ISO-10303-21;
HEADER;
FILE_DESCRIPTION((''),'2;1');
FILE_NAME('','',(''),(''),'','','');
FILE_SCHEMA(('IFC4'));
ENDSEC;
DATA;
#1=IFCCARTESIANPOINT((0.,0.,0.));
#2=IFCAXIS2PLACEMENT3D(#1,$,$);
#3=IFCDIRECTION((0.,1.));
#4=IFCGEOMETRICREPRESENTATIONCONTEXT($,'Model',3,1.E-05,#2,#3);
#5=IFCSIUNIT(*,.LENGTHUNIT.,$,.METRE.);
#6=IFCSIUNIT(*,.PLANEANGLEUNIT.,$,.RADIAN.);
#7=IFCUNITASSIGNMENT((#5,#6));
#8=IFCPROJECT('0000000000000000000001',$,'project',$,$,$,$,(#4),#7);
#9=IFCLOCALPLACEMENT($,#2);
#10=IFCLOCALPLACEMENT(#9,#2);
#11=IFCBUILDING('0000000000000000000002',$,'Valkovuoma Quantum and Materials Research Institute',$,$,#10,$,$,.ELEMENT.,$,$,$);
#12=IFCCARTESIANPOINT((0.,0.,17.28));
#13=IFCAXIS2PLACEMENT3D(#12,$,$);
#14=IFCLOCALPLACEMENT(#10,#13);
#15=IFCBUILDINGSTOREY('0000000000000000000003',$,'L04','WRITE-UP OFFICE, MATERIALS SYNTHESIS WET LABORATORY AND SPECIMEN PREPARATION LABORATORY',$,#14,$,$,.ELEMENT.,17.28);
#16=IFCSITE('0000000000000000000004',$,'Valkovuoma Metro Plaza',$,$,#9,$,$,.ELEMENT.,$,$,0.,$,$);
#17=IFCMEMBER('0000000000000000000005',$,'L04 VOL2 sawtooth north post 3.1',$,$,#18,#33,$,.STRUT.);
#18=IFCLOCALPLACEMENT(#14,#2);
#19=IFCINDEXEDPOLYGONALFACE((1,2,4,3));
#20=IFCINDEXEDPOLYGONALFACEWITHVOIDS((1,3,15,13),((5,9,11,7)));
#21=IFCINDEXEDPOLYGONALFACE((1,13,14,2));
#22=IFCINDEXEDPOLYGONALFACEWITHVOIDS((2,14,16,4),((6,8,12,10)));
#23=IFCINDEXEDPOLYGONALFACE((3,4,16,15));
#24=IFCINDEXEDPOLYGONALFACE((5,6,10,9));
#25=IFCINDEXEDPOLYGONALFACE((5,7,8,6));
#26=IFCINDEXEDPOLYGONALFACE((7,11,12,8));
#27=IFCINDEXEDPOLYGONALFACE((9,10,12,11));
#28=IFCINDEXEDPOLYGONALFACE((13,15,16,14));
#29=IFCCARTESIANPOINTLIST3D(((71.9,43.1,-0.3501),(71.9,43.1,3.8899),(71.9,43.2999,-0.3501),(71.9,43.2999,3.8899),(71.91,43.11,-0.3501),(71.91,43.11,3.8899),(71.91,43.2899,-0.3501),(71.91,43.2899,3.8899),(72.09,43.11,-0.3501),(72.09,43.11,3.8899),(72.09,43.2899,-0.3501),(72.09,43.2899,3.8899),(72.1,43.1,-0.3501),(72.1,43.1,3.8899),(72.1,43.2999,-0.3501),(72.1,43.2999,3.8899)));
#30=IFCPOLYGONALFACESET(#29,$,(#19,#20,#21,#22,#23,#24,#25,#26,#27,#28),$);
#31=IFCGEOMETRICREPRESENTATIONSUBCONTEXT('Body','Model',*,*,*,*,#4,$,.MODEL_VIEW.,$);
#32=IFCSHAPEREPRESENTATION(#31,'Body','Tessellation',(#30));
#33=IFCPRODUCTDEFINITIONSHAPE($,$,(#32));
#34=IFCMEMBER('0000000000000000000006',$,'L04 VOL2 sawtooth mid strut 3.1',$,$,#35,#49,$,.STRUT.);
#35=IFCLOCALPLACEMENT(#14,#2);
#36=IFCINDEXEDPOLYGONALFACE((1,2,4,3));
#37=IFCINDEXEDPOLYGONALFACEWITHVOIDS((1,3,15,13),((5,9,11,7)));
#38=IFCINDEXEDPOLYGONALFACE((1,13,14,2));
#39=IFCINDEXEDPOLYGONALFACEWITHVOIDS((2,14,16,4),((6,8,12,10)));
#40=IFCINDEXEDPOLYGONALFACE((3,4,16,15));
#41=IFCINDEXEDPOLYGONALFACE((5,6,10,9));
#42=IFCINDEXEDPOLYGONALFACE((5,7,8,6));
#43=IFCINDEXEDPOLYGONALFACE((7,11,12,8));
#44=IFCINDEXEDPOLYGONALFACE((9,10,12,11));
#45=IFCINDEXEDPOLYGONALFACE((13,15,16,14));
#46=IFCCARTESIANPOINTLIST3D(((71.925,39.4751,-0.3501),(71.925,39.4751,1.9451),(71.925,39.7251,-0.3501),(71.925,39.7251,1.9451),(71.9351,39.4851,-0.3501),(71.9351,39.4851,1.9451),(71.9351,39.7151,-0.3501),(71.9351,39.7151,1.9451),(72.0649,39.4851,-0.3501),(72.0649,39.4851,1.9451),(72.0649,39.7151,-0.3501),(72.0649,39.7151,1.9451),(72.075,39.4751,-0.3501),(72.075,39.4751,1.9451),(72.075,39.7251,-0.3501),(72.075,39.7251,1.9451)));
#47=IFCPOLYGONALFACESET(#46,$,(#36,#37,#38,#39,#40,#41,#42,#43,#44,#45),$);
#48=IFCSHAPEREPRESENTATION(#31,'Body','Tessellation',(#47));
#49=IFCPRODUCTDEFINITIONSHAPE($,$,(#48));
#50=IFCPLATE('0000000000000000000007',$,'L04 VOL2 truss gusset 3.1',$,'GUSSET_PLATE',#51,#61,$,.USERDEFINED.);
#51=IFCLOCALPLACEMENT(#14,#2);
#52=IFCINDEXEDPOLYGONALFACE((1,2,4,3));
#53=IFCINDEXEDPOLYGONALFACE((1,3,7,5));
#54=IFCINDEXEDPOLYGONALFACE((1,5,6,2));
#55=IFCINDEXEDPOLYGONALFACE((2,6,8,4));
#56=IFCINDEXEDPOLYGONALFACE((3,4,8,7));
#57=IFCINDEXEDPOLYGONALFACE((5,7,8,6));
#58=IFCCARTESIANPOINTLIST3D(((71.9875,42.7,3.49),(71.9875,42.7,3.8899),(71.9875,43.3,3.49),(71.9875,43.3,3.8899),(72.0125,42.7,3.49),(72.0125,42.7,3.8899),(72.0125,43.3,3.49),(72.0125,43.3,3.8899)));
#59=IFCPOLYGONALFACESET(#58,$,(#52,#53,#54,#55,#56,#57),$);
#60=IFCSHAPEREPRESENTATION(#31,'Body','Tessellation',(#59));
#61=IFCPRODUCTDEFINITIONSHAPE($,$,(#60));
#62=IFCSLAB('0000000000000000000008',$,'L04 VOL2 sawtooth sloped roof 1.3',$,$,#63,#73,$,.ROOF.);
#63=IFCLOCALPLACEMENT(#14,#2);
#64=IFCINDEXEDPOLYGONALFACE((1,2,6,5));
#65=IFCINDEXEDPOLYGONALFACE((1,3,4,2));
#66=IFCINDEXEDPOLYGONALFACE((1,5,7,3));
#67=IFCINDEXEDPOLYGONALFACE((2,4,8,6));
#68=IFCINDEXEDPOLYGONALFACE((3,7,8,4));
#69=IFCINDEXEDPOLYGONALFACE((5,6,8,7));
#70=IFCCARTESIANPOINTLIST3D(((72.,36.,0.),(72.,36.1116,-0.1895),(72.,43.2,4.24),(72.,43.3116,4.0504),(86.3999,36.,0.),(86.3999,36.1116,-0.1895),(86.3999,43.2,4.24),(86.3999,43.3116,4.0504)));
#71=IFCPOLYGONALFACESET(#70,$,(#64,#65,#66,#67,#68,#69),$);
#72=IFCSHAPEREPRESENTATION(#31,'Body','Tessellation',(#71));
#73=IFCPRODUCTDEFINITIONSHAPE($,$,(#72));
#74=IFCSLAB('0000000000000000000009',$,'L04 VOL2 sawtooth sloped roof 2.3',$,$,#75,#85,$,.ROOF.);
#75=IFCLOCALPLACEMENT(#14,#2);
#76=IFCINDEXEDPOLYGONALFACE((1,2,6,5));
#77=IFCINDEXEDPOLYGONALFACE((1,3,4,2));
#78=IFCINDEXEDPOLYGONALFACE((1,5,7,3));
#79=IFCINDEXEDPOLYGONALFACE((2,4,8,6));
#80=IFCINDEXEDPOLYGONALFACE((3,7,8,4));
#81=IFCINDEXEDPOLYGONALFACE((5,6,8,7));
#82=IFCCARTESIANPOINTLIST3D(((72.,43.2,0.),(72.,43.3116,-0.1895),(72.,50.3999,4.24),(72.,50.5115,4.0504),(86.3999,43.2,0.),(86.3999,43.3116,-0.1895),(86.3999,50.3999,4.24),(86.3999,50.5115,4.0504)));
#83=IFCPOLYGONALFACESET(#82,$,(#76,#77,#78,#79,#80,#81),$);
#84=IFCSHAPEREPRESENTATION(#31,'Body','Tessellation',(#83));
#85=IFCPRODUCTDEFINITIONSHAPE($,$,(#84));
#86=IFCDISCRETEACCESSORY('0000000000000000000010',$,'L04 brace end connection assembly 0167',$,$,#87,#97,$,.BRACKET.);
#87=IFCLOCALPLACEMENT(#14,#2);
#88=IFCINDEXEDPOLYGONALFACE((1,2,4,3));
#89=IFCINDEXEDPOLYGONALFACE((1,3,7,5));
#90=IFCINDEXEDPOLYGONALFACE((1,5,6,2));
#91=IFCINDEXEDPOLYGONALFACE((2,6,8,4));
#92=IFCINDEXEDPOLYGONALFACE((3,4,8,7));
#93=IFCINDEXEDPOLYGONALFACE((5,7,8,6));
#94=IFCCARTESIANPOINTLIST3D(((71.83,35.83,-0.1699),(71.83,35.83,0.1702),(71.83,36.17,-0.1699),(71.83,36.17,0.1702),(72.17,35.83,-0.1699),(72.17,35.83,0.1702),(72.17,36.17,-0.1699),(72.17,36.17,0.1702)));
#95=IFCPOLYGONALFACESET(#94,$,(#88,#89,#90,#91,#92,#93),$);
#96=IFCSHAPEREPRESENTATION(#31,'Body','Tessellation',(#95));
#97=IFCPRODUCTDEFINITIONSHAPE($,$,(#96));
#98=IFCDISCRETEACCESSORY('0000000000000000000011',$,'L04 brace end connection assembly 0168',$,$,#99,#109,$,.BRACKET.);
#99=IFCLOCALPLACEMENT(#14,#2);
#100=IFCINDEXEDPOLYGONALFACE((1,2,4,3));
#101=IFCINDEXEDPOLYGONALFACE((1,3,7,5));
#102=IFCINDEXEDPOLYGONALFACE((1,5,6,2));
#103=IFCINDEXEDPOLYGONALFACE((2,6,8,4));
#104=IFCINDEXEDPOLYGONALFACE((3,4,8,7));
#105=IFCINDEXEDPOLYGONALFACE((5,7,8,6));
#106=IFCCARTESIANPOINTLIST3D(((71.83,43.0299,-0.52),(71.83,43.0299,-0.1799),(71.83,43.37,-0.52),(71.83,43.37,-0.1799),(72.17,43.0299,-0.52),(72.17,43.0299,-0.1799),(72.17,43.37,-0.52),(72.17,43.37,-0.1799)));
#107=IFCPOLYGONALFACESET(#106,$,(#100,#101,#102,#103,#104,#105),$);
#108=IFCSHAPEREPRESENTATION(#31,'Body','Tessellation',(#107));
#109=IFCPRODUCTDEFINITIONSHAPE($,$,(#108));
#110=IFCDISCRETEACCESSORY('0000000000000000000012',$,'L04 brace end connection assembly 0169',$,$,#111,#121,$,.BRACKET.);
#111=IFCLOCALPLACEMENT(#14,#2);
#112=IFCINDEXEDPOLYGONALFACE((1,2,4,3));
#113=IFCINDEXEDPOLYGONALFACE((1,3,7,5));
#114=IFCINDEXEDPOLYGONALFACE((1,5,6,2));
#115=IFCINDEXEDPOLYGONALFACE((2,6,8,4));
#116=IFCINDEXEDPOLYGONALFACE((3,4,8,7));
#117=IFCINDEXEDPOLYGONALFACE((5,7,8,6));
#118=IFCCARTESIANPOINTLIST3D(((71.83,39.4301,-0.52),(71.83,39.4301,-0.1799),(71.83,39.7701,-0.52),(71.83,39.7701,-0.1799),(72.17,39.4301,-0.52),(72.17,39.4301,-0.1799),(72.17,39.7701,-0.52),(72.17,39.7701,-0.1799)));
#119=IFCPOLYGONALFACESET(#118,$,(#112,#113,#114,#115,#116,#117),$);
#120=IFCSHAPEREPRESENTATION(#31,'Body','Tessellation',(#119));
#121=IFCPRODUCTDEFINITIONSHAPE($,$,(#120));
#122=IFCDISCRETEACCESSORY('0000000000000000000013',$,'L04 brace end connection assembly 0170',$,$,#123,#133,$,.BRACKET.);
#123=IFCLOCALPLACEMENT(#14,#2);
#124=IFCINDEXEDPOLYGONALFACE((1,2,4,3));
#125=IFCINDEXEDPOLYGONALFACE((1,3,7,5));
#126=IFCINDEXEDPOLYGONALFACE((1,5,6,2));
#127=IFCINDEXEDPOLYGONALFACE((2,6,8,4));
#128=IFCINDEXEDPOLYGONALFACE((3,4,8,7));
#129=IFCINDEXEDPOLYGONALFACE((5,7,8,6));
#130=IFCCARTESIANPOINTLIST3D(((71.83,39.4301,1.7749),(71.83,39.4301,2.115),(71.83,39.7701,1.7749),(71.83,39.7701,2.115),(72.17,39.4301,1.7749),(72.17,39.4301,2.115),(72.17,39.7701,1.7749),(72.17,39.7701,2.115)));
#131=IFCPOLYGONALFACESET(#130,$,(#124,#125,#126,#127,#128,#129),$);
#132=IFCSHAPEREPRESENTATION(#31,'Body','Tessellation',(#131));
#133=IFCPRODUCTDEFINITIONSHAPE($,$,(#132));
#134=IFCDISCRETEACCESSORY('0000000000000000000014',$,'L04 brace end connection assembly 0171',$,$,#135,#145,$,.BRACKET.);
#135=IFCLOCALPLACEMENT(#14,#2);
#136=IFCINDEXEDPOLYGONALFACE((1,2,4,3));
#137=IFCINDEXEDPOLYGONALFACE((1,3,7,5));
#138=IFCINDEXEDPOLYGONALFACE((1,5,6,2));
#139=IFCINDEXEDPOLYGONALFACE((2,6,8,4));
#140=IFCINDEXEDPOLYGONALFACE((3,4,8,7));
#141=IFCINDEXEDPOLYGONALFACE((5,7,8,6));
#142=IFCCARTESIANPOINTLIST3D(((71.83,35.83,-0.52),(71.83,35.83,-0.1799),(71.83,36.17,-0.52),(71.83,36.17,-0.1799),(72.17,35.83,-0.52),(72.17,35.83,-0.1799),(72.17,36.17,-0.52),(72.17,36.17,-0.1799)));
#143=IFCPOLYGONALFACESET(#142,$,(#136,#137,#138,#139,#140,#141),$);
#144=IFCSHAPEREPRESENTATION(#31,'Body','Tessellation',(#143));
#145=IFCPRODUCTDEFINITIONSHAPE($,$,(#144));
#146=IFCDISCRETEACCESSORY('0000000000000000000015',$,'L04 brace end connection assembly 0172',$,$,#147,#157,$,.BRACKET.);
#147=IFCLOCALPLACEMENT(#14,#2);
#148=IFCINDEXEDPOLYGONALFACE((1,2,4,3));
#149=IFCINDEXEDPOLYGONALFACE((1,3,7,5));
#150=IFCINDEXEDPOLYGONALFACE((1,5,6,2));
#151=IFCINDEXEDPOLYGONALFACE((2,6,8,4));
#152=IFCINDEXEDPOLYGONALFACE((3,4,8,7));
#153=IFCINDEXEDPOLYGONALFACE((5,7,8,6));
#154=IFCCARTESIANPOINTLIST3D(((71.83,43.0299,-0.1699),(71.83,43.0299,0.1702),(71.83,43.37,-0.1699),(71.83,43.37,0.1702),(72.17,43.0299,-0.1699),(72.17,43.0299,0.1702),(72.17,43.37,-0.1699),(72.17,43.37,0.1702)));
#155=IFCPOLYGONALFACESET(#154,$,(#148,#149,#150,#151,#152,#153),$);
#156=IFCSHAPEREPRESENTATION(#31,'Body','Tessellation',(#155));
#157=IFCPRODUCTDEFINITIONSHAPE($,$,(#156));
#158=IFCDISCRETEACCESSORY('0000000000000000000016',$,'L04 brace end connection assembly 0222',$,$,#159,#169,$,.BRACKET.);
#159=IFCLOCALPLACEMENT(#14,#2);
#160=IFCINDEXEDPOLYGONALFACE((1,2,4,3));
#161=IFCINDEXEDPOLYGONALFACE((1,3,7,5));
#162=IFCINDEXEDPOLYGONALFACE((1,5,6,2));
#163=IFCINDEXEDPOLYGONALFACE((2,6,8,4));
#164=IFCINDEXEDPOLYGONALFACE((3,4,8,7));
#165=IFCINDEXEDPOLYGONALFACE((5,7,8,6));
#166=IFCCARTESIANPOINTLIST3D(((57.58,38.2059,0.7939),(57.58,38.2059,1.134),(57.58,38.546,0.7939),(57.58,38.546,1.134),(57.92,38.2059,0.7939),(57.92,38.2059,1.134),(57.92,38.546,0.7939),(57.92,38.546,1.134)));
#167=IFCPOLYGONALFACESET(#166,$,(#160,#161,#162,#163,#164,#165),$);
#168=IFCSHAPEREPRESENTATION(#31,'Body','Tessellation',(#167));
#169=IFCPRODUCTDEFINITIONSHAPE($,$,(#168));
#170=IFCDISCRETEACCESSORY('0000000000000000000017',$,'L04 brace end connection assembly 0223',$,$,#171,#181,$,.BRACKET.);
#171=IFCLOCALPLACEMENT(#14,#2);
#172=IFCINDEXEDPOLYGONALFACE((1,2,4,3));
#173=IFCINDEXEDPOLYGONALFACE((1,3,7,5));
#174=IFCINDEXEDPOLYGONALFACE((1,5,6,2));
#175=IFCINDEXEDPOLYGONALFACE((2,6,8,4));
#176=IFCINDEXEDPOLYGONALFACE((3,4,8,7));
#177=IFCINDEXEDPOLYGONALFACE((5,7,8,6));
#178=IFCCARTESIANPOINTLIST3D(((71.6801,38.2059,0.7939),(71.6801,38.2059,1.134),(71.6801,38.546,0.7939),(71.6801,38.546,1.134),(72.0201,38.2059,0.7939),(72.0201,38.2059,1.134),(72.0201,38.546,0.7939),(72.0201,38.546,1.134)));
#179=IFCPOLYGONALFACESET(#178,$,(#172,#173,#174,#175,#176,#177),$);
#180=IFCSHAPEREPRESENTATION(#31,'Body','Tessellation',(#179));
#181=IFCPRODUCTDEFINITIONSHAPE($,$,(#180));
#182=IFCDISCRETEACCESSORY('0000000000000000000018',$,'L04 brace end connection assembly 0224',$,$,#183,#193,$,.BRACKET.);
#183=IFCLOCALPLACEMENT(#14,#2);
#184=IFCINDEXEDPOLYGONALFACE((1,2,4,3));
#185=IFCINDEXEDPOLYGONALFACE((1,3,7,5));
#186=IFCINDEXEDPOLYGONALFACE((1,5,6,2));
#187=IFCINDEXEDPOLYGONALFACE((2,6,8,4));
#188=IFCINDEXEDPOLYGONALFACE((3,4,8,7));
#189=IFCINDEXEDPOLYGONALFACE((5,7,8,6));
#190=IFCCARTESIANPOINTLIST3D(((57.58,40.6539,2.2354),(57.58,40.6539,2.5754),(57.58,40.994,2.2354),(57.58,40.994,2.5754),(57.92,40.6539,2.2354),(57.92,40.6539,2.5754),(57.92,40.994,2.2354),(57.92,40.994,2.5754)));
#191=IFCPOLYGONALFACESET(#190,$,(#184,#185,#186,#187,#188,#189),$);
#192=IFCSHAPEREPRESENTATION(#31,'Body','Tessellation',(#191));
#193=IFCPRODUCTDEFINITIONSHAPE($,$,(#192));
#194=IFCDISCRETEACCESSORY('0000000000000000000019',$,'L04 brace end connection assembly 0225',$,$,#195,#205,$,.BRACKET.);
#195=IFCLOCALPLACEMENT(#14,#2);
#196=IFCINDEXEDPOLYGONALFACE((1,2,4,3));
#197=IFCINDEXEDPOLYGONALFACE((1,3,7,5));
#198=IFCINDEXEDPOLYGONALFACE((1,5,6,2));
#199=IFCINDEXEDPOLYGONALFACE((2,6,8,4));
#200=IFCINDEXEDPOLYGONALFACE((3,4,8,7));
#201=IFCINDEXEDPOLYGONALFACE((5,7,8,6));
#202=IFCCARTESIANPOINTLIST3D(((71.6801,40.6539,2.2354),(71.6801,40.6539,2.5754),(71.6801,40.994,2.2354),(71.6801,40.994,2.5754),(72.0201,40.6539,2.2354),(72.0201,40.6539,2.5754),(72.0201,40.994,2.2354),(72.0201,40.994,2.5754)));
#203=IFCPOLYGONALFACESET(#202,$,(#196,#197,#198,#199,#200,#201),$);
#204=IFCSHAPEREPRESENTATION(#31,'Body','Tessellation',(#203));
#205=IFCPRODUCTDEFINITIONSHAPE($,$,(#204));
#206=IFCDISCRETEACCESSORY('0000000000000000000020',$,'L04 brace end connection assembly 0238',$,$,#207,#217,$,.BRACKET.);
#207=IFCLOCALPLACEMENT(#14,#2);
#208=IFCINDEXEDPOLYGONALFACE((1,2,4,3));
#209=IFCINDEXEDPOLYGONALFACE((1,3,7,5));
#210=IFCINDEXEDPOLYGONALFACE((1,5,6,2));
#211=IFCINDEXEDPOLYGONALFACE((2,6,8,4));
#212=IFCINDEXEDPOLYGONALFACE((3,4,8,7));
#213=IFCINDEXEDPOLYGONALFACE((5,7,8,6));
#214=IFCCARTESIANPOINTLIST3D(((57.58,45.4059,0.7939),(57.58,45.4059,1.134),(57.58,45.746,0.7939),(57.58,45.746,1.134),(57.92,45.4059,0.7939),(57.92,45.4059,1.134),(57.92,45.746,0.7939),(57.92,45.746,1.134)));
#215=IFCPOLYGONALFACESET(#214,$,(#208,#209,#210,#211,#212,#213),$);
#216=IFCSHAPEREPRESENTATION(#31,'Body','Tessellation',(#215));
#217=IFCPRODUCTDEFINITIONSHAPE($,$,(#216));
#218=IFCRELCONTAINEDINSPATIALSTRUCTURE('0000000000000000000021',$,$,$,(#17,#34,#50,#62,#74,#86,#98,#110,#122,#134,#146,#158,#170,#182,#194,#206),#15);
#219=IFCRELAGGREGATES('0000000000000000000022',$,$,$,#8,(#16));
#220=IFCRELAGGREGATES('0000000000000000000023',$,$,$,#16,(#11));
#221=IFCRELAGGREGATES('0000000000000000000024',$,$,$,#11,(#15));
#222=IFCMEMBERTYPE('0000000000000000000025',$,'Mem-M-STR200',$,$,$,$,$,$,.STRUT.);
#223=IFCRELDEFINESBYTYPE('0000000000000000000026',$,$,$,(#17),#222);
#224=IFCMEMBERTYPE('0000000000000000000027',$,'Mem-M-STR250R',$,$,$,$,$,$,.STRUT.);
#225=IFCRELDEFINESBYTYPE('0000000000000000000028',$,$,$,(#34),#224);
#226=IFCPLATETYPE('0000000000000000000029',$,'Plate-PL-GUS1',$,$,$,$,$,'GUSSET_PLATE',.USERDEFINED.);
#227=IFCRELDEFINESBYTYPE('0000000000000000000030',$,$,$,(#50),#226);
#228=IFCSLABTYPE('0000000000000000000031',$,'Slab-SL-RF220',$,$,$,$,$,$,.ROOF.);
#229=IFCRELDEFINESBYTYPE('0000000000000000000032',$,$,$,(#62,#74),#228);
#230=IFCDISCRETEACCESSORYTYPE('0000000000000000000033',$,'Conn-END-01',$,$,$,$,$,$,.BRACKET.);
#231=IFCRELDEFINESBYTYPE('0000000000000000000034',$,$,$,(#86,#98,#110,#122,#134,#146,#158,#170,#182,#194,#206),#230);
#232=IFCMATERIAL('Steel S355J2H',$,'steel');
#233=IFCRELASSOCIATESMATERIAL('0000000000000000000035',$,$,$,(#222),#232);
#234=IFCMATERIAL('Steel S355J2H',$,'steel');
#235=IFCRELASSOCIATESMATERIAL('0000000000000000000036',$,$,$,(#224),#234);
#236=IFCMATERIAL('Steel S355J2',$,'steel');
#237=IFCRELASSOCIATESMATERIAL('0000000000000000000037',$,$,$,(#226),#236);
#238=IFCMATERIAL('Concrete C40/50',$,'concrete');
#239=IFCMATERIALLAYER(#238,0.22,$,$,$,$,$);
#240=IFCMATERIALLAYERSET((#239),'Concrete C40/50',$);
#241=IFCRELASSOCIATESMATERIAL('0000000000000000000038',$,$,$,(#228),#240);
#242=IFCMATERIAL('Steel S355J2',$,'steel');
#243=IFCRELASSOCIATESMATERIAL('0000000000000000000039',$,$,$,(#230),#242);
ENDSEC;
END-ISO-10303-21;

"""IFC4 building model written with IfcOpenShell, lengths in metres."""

from ifc_helpers import new_model, si_unit, direction, frame, origin, origin_2d, place, context, subcontext, project, spatial, polyline, rectangle, hollow_rectangle, outline, extrude, material, layer, layer_set, material_profile, profile_set, type_object, element, save


model = new_model("IFC4")

# Units and contexts
model_context = context("Model", 3, precision=1e-05, world=origin(), true_north=direction((0.0, 1.0)))
body_context = subcontext(model_context, "Body", "Model", "MODEL_VIEW")
ifc_project = project(units=[si_unit("LENGTHUNIT", "METRE"), si_unit("PLANEANGLEUNIT", "RADIAN")], contexts=[model_context])

# Site, building, storey
site_placement = place(None, origin())
site = spatial("IfcSite", under=ifc_project, at=site_placement, Name="Valkovuoma Metro Plaza", CompositionType="ELEMENT", RefElevation=0.0)
building_placement = place(site_placement, origin())
building = spatial("IfcBuilding", under=site, at=building_placement, Name="Valkovuoma Quantum and Materials Research Institute", CompositionType="ELEMENT")
storey_placement = place(building_placement, frame((0.0, 0.0, 17.28)))
storey = spatial("IfcBuildingStorey", under=building, at=storey_placement, Name="L04", Description="WRITE-UP OFFICE, MATERIALS SYNTHESIS WET LABORATORY AND SPECIMEN PREPARATION LABORATORY", CompositionType="ELEMENT", Elevation=17.28)

# Members
ifc_material_1 = material(Name="Steel S355J2H", Category="steel")
ifc_material_profile_1 = material_profile(ifc_material_1, hollow_rectangle(XDim=0.2, YDim=0.2, WallThickness=0.01, at=origin_2d()), Name="Steel S355J2H")
ifc_profile_set_1 = profile_set([ifc_material_profile_1], Name="Steel S355J2H")
member_type_1 = type_object("IfcMemberType", Name="Mem-M-STR200", PredefinedType="STRUT", material=ifc_profile_set_1)
member_1_placement = place(storey_placement, frame((72.0, 43.2, -0.3501), z_axis=(0.0, 0.0, 1.0), x_axis=(1.0, 0.0, 0.0)))
element("IfcMember", 1, at=member_1_placement, inside=storey, type_object=member_type_1, Name="L04 VOL2 sawtooth north post 3.1", PredefinedType="STRUT", context=body_context, shape_type="SweptSolid", body=[
    extrude(hollow_rectangle(XDim=0.2, YDim=0.2, WallThickness=0.01, at=origin_2d()), origin(), (0.0, 0.0, 1.0), 4.24),
])
ifc_material_2 = material(Name="Steel S355J2H", Category="steel")
ifc_material_profile_2 = material_profile(ifc_material_2, hollow_rectangle(XDim=0.1499, YDim=0.25, WallThickness=0.01, at=origin_2d()), Name="Steel S355J2H")
ifc_profile_set_2 = profile_set([ifc_material_profile_2], Name="Steel S355J2H")
member_type_2 = type_object("IfcMemberType", Name="Mem-M-STR250R", PredefinedType="STRUT", material=ifc_profile_set_2)
member_2_placement = place(storey_placement, frame((72.0, 39.6001, -0.3501), z_axis=(0.0, 0.0, 1.0), x_axis=(1.0, 0.0, 0.0)))
element("IfcMember", 2, at=member_2_placement, inside=storey, type_object=member_type_2, Name="L04 VOL2 sawtooth mid strut 3.1", PredefinedType="STRUT", context=body_context, shape_type="SweptSolid", body=[
    extrude(hollow_rectangle(XDim=0.1499, YDim=0.25, WallThickness=0.01, at=origin_2d()), origin(), (0.0, 0.0, 1.0), 2.2952),
])

# Plate
ifc_material_3 = material(Name="Steel S355J2", Category="steel")
plate_type = type_object("IfcPlateType", Name="Plate-PL-GUS1", ElementType="GUSSET_PLATE", PredefinedType="USERDEFINED", material=ifc_material_3)
plate_placement = place(storey_placement, frame((72.0, 43.0, 3.49), z_axis=(0.0, 0.0, 1.0), x_axis=(0.0, 1.0, 0.0)))
element("IfcPlate", 3, at=plate_placement, inside=storey, type_object=plate_type, Name="L04 VOL2 truss gusset 3.1", ObjectType="GUSSET_PLATE", PredefinedType="USERDEFINED", context=body_context, shape_type="SweptSolid", body=[
    extrude(rectangle(XDim=0.6001, YDim=0.0249, at=origin_2d()), origin(), (0.0, 0.0, 1.0), 0.3999),
])

# Slabs
ifc_material_4 = material(Name="Concrete C40/50", Category="concrete")
ifc_layer = layer(ifc_material_4, 0.22)
ifc_layer_set = layer_set([ifc_layer], Name="Concrete C40/50")
slab_type = type_object("IfcSlabType", Name="Slab-SL-RF220", PredefinedType="ROOF", material=ifc_layer_set)
for number, where, z_axis, x_axis, name in (
    (4, (72.0, 36.0, 0.0), (0.0, -0.50744, 0.861687), (1.0, 0.0, 0.0), "L04 VOL2 sawtooth sloped roof 1.3"),
    (5, (72.0, 43.2, 0.0), (0.0, -0.50744, 0.861687), (1.0, 0.0, 0.0), "L04 VOL2 sawtooth sloped roof 2.3"),
):
    element("IfcSlab", number, at=place(storey_placement, frame(where, z_axis=z_axis, x_axis=x_axis)), inside=storey, type_object=slab_type, Name=name, PredefinedType="ROOF", context=body_context, shape_type="SweptSolid", body=[
        extrude(outline(polyline([(0.0, 0.0), (14.3999, 0.0), (14.3999, 8.3556), (0.0, 8.3556), (0.0, 0.0)])), origin(), (0.0, 0.0, -1.0), 0.22),
    ])

# Discrete accessories
ifc_material_5 = material(Name="Steel S355J2", Category="steel")
discrete_accessory_type = type_object("IfcDiscreteAccessoryType", Name="Conn-END-01", PredefinedType="BRACKET", material=ifc_material_5)
for number, where, z_axis, x_axis, name in (
    (6, (72.0, 36.0, -0.1699), (0.0, 0.0, 1.0), (1.0, 0.0, 0.0), "L04 brace end connection assembly 0167"),
    (7, (72.0, 43.2, -0.52), (0.0, 0.0, 1.0), (1.0, 0.0, 0.0), "L04 brace end connection assembly 0168"),
    (8, (72.0, 39.6001, -0.52), (0.0, 0.0, 1.0), (1.0, 0.0, 0.0), "L04 brace end connection assembly 0169"),
    (9, (72.0, 39.6001, 1.7749), (0.0, 0.0, 1.0), (1.0, 0.0, 0.0), "L04 brace end connection assembly 0170"),
    (10, (72.0, 36.0, -0.52), (0.0, 0.0, 1.0), (1.0, 0.0, 0.0), "L04 brace end connection assembly 0171"),
    (11, (72.0, 43.2, -0.1699), (0.0, 0.0, 1.0), (1.0, 0.0, 0.0), "L04 brace end connection assembly 0172"),
    (12, (57.75, 38.376, 0.7939), (0.0, 0.0, 1.0), (1.0, 0.0, 0.0), "L04 brace end connection assembly 0222"),
    (13, (71.8501, 38.376, 0.7939), (0.0, 0.0, 1.0), (1.0, 0.0, 0.0), "L04 brace end connection assembly 0223"),
    (14, (57.75, 40.824, 2.2354), (0.0, 0.0, 1.0), (1.0, 0.0, 0.0), "L04 brace end connection assembly 0224"),
    (15, (71.8501, 40.824, 2.2354), (0.0, 0.0, 1.0), (1.0, 0.0, 0.0), "L04 brace end connection assembly 0225"),
    (16, (57.75, 45.5759, 0.7939), (0.0, 0.0, 1.0), (1.0, 0.0, 0.0), "L04 brace end connection assembly 0238"),
):
    element("IfcDiscreteAccessory", number, at=place(storey_placement, frame(where, z_axis=z_axis, x_axis=x_axis)), inside=storey, type_object=discrete_accessory_type, Name=name, PredefinedType="BRACKET", context=body_context, shape_type="SweptSolid", body=[
        extrude(rectangle(XDim=0.3401, YDim=0.3401, at=origin_2d()), origin(), (0.0, 0.0, 1.0), 0.3401),
    ])

save(model, "model.ifc")
